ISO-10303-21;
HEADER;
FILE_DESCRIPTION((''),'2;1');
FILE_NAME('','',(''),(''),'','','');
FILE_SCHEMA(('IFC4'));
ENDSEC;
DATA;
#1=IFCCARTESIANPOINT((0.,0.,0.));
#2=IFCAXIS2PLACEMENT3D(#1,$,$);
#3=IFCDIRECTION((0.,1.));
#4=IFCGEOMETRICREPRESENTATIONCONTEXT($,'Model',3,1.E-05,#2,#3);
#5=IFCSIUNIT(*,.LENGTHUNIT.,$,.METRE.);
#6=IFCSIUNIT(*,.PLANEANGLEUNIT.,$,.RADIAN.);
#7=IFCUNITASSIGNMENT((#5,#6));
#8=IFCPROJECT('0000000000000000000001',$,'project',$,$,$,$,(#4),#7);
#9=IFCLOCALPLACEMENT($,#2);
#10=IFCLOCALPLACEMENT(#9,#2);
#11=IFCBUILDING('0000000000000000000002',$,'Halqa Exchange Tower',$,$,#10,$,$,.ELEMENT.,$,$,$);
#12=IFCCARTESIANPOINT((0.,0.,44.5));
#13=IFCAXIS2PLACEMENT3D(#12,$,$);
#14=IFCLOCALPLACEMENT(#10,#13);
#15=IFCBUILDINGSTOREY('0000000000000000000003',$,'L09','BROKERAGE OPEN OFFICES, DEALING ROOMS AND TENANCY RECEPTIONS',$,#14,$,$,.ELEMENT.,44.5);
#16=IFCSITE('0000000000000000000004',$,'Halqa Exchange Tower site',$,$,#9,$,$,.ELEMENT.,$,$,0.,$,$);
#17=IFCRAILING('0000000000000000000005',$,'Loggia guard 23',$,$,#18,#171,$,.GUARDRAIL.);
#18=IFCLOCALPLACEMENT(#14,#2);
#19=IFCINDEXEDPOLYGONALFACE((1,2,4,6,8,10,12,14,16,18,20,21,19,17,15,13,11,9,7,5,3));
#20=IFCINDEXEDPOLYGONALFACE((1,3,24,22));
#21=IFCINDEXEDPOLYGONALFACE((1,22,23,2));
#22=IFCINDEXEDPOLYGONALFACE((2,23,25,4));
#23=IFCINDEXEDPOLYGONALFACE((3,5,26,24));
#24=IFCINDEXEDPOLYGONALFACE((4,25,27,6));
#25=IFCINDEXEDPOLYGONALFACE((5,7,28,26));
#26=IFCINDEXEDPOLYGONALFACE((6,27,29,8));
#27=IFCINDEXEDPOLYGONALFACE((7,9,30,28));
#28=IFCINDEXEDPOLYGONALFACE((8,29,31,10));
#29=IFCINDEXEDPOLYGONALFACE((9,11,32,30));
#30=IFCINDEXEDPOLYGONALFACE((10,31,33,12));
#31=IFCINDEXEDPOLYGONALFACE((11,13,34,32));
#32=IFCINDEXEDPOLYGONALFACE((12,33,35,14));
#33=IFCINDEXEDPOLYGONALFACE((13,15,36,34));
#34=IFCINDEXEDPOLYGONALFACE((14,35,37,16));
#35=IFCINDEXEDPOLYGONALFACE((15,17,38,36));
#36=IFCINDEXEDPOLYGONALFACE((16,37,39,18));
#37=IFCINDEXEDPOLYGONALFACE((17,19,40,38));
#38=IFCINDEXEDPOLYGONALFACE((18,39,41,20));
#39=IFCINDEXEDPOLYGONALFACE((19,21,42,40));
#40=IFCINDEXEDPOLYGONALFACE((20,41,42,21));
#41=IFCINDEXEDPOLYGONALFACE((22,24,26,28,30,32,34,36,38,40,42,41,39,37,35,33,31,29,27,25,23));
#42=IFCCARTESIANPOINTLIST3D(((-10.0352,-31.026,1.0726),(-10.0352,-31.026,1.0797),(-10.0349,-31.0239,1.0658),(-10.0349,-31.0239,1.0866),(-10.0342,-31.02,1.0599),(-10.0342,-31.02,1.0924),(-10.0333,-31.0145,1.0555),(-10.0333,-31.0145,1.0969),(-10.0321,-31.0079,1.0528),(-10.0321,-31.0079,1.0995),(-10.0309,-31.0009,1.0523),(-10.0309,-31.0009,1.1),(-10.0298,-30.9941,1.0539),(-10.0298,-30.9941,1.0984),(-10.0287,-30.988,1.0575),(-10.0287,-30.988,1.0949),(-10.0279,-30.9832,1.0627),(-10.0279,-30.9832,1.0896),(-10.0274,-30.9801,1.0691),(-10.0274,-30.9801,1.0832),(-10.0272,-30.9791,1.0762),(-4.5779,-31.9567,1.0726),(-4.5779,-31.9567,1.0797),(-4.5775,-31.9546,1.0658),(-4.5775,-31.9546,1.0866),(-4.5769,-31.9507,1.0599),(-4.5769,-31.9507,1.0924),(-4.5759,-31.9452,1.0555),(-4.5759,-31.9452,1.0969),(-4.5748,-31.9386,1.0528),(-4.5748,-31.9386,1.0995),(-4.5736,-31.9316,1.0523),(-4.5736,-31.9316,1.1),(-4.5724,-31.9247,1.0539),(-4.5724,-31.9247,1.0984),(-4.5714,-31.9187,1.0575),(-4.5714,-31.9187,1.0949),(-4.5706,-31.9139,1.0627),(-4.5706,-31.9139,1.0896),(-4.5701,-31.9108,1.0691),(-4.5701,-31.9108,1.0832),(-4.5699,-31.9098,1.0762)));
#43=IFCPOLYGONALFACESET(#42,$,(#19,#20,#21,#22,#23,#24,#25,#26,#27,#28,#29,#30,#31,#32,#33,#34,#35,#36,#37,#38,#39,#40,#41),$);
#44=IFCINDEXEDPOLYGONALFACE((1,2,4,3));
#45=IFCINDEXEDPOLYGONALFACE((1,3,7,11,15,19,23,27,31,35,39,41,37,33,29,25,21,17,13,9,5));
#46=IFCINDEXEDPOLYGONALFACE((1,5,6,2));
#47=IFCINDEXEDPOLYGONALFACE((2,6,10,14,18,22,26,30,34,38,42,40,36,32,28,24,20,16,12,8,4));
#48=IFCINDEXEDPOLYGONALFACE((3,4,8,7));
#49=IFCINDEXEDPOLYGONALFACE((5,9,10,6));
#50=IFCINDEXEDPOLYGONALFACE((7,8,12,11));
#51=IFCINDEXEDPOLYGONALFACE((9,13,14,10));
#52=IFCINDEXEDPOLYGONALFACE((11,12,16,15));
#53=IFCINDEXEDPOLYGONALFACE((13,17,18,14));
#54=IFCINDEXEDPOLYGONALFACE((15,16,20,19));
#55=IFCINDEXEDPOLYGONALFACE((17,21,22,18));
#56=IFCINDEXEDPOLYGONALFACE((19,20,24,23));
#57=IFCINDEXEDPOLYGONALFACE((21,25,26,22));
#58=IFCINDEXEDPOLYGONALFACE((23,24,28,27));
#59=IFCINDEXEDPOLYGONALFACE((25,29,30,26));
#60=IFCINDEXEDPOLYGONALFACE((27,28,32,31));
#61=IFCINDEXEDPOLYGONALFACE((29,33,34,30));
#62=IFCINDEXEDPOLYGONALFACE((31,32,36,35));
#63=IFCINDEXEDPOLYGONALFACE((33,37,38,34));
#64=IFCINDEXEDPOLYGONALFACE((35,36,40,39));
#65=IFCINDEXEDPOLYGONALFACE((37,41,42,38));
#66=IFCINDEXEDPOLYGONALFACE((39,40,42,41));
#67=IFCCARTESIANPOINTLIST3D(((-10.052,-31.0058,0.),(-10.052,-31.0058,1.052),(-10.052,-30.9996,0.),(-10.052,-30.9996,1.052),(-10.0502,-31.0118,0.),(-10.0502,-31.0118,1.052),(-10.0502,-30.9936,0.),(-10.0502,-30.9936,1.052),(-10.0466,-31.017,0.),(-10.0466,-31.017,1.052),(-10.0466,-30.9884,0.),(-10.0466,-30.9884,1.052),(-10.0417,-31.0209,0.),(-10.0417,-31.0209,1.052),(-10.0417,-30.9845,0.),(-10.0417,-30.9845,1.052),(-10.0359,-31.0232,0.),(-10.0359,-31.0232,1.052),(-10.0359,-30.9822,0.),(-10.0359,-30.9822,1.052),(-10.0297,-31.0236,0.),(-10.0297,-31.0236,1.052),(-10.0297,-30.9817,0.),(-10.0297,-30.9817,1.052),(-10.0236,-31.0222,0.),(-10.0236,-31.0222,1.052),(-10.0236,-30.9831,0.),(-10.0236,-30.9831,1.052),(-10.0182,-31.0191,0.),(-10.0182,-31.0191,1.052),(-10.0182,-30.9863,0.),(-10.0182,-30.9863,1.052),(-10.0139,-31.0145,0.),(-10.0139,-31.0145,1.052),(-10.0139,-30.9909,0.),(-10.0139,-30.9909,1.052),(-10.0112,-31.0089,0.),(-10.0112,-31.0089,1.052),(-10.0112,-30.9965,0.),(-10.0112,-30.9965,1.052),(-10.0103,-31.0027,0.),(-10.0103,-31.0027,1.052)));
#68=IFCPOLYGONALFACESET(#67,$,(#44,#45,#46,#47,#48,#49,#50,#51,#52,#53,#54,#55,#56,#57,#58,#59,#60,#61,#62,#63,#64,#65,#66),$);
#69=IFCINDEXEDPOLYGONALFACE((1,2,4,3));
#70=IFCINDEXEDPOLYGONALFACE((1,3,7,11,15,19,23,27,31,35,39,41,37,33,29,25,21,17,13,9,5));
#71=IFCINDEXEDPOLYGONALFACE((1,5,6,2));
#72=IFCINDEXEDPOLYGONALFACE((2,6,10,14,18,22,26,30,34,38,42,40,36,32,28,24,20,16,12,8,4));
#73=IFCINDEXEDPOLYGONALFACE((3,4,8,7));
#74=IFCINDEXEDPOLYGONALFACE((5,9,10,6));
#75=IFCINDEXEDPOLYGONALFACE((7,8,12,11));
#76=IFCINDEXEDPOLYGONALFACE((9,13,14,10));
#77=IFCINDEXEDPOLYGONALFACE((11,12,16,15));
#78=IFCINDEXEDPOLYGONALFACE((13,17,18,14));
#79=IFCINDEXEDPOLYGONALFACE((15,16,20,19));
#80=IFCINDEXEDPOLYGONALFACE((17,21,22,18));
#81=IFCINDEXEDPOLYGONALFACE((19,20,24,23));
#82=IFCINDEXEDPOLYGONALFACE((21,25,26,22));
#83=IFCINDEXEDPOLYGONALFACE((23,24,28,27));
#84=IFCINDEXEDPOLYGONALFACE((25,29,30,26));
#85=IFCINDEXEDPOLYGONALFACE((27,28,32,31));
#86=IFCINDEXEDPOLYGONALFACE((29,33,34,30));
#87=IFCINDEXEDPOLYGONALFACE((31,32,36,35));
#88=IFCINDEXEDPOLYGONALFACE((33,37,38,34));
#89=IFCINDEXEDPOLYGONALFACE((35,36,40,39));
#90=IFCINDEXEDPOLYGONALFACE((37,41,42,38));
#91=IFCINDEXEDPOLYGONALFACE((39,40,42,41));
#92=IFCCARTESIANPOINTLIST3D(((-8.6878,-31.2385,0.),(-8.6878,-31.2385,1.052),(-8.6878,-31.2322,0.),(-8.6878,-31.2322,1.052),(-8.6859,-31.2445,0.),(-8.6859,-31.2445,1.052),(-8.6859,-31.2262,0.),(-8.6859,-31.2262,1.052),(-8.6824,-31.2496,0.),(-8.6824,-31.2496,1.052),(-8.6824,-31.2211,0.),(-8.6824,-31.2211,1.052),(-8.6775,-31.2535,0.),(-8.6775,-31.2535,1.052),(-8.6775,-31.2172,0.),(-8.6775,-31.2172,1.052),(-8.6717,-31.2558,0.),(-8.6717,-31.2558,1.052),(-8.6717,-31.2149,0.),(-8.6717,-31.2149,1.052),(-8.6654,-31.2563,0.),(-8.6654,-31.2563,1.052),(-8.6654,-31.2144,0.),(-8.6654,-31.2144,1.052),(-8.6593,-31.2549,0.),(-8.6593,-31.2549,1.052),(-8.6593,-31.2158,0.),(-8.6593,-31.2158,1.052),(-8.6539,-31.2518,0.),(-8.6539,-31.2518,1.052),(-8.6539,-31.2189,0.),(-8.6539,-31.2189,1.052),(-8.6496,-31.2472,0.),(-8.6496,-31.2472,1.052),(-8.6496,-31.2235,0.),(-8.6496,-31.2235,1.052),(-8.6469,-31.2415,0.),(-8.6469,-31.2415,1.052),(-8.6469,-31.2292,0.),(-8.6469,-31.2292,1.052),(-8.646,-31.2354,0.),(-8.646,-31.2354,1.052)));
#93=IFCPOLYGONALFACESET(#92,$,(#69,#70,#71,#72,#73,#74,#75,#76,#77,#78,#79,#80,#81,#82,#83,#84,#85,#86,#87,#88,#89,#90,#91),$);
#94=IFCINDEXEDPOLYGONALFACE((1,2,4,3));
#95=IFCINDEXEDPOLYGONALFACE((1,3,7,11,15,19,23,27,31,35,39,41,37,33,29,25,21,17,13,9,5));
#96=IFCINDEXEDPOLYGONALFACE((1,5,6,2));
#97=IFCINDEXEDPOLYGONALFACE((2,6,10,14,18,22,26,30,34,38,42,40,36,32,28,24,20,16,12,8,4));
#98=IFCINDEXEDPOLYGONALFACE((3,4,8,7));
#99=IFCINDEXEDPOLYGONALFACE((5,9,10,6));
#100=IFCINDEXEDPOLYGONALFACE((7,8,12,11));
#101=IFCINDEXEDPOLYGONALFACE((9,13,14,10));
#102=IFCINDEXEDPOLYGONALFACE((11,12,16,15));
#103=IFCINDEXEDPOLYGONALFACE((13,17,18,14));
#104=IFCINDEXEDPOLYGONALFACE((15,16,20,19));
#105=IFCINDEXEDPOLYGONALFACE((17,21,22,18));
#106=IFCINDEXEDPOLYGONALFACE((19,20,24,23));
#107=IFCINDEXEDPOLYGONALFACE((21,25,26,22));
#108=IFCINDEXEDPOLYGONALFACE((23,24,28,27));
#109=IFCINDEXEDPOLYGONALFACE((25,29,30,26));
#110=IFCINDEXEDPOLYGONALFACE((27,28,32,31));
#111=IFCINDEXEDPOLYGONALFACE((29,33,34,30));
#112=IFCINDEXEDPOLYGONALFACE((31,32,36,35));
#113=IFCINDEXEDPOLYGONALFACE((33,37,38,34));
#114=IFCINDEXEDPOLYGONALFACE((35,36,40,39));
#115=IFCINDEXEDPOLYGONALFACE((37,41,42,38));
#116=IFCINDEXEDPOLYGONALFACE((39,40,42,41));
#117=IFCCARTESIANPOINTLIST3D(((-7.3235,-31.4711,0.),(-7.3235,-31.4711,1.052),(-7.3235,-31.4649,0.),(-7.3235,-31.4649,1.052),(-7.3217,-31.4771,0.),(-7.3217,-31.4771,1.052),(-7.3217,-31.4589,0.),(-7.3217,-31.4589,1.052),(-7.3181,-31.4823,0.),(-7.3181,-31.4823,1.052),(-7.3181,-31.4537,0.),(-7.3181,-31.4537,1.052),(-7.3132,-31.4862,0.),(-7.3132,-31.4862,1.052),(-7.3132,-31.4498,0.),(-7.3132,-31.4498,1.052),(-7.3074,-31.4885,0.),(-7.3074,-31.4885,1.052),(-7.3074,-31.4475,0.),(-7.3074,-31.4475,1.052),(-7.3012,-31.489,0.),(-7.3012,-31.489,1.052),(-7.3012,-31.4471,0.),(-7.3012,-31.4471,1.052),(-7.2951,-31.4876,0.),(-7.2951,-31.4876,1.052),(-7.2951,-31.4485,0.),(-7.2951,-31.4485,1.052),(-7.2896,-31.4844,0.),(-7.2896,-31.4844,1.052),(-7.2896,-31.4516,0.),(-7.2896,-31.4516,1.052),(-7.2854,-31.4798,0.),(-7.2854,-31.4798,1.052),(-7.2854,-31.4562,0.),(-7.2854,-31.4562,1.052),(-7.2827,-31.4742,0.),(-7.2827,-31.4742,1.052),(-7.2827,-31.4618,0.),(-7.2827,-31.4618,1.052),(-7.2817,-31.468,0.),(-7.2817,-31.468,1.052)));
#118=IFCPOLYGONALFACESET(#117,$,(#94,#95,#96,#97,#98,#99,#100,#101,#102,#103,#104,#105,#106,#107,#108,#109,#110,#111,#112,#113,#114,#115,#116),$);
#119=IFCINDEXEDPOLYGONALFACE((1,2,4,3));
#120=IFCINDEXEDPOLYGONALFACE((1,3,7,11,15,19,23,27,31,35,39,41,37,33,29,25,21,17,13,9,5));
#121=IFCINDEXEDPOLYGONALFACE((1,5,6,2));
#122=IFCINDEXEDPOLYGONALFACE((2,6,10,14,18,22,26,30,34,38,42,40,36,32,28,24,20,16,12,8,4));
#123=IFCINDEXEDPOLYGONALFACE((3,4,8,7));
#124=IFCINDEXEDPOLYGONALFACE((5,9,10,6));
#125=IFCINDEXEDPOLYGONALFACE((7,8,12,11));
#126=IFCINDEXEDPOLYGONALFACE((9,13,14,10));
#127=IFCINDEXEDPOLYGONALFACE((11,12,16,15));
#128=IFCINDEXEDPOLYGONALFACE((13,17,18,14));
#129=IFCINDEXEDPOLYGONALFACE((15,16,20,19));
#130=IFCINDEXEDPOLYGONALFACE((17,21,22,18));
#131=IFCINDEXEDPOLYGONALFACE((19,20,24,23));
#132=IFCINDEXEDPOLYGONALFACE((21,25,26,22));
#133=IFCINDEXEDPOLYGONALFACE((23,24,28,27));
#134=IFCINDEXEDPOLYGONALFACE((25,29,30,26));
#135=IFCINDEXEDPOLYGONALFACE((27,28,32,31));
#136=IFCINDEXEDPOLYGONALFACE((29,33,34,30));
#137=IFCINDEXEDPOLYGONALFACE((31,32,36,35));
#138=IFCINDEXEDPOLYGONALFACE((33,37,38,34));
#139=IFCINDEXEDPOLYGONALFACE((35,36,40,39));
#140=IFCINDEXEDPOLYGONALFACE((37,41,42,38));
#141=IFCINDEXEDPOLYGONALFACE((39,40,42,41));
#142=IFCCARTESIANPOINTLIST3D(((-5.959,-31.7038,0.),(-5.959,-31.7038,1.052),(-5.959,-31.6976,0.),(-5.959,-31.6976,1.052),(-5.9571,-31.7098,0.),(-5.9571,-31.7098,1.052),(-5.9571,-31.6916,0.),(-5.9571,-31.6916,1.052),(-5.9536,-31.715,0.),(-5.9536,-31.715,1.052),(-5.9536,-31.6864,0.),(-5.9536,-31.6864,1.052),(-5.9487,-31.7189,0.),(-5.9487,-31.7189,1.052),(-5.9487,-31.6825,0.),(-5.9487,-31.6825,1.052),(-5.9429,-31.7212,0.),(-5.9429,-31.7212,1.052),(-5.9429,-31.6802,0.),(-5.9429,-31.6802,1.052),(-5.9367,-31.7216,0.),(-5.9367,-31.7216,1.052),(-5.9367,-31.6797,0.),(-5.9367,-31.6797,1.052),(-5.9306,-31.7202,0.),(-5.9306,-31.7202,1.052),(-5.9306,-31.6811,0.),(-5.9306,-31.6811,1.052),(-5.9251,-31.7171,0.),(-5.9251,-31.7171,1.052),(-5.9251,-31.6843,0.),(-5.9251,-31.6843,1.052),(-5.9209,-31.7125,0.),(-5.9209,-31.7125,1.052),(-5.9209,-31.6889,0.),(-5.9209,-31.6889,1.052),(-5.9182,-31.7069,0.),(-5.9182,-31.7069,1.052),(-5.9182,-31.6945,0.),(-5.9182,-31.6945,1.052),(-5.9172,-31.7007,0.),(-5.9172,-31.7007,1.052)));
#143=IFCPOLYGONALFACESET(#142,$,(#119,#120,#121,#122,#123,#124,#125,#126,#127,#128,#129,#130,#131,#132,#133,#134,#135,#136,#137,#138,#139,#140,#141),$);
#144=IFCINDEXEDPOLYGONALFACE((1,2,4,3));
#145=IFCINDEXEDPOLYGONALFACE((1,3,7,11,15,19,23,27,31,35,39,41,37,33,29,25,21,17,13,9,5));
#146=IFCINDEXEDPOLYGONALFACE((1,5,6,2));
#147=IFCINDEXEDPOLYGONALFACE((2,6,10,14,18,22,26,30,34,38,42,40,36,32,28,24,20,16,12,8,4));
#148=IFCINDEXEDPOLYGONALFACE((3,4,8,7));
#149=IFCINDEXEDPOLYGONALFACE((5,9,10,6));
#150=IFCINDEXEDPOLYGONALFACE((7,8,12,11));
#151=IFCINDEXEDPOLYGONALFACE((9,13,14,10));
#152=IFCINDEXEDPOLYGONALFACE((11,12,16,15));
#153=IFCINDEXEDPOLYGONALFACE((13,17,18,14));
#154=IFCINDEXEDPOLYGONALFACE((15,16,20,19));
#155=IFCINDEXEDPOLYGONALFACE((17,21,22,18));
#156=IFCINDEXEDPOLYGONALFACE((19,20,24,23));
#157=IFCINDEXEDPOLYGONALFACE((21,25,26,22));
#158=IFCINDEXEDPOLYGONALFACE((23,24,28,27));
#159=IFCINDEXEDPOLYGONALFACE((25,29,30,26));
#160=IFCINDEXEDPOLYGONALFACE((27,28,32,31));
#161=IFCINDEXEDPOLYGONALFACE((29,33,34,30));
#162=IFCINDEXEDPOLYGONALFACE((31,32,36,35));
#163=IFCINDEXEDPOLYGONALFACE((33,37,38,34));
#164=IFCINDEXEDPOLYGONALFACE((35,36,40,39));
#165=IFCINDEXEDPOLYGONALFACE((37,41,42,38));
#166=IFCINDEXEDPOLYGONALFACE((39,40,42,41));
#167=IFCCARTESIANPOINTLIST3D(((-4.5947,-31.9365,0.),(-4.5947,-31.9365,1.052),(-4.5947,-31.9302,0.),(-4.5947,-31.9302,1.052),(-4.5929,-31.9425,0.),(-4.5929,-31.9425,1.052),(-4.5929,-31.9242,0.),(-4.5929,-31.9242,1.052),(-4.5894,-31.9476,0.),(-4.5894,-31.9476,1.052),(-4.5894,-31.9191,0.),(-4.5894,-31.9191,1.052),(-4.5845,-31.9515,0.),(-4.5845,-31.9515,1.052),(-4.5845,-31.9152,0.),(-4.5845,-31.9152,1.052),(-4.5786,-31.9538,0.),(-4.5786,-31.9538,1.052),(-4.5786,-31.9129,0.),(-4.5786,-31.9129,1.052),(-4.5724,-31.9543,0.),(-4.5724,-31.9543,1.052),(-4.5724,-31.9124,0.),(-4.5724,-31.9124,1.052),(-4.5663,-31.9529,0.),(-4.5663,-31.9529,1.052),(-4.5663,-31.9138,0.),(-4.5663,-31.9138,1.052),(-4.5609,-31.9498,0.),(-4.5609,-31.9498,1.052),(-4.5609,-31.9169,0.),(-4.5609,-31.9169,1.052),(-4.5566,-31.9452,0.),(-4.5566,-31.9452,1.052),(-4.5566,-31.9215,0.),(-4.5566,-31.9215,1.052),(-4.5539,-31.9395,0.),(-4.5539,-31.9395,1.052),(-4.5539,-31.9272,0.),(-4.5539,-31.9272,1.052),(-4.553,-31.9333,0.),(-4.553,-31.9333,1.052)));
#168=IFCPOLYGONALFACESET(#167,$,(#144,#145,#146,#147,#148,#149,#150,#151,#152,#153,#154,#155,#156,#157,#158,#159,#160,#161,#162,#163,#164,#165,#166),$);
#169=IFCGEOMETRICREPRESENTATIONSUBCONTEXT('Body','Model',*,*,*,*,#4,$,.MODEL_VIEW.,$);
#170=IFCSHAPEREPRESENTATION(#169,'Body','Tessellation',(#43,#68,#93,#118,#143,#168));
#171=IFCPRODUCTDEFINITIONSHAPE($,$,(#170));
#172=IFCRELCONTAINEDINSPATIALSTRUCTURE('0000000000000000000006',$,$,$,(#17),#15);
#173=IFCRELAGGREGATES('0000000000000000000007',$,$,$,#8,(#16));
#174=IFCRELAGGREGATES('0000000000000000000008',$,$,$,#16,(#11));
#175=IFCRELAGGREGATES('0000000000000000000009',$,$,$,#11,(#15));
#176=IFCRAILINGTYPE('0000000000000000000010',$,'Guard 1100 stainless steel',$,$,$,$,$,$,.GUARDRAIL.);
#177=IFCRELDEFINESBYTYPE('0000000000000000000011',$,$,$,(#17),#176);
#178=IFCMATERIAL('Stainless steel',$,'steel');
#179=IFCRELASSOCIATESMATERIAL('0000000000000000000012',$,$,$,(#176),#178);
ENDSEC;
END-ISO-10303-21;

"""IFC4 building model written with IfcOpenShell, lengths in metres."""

from ifc_helpers import new_model, si_unit, direction, frame, origin, origin_2d, place, context, subcontext, project, spatial, circle, extrude, material, type_object, element, save


model = new_model("IFC4")

# Units and contexts
model_context = context("Model", 3, precision=1e-05, world=origin(), true_north=direction((0.0, 1.0)))
body_context = subcontext(model_context, "Body", "Model", "MODEL_VIEW")
ifc_project = project(units=[si_unit("LENGTHUNIT", "METRE"), si_unit("PLANEANGLEUNIT", "RADIAN")], contexts=[model_context])

# Site, building, storey
site_placement = place(None, origin())
site = spatial("IfcSite", under=ifc_project, at=site_placement, Name="Halqa Exchange Tower site", CompositionType="ELEMENT", RefElevation=0.0)
building_placement = place(site_placement, origin())
building = spatial("IfcBuilding", under=site, at=building_placement, Name="Halqa Exchange Tower", CompositionType="ELEMENT")
storey_placement = place(building_placement, frame((0.0, 0.0, 44.5)))
storey = spatial("IfcBuildingStorey", under=building, at=storey_placement, Name="L09", Description="BROKERAGE OPEN OFFICES, DEALING ROOMS AND TENANCY RECEPTIONS", CompositionType="ELEMENT", Elevation=44.5)

# Railing
ifc_material_1 = material(Name="Stainless steel", Category="steel")
railing_type = type_object("IfcRailingType", Name="Guard 1100 stainless steel", PredefinedType="GUARDRAIL", material=ifc_material_1)
railing_1_placement = place(storey_placement, frame((-10.0312, -31.0027, 0.0)))
element("IfcRailing", 1, at=railing_1_placement, inside=storey, type_object=railing_type, Name="Loggia guard 23", PredefinedType="GUARDRAIL", context=body_context, shape_type="SweptSolid", body=[
    extrude(circle(Radius=0.0239, at=origin_2d()), frame((0.0, 0.0, 1.0762), z_axis=(0.985768, -0.168109, 0.0), x_axis=(0.168109, 0.985768, 0.0)), (0.0, 0.0, 1.0), 5.5361),
    extrude(circle(Radius=0.021, at=origin_2d()), origin(), (0.0, 0.0, 1.0), 1.052),
    extrude(circle(Radius=0.021, at=origin_2d()), frame((1.3643, -0.2327, 0.0)), (0.0, 0.0, 1.0), 1.052),
    extrude(circle(Radius=0.021, at=origin_2d()), frame((2.7285, -0.4653, 0.0)), (0.0, 0.0, 1.0), 1.052),
    extrude(circle(Radius=0.021, at=origin_2d()), frame((4.093, -0.698, 0.0)), (0.0, 0.0, 1.0), 1.052),
    extrude(circle(Radius=0.021, at=origin_2d()), frame((5.4573, -0.9307, 0.0)), (0.0, 0.0, 1.0), 1.052),
])

save(model, "model.ifc")
